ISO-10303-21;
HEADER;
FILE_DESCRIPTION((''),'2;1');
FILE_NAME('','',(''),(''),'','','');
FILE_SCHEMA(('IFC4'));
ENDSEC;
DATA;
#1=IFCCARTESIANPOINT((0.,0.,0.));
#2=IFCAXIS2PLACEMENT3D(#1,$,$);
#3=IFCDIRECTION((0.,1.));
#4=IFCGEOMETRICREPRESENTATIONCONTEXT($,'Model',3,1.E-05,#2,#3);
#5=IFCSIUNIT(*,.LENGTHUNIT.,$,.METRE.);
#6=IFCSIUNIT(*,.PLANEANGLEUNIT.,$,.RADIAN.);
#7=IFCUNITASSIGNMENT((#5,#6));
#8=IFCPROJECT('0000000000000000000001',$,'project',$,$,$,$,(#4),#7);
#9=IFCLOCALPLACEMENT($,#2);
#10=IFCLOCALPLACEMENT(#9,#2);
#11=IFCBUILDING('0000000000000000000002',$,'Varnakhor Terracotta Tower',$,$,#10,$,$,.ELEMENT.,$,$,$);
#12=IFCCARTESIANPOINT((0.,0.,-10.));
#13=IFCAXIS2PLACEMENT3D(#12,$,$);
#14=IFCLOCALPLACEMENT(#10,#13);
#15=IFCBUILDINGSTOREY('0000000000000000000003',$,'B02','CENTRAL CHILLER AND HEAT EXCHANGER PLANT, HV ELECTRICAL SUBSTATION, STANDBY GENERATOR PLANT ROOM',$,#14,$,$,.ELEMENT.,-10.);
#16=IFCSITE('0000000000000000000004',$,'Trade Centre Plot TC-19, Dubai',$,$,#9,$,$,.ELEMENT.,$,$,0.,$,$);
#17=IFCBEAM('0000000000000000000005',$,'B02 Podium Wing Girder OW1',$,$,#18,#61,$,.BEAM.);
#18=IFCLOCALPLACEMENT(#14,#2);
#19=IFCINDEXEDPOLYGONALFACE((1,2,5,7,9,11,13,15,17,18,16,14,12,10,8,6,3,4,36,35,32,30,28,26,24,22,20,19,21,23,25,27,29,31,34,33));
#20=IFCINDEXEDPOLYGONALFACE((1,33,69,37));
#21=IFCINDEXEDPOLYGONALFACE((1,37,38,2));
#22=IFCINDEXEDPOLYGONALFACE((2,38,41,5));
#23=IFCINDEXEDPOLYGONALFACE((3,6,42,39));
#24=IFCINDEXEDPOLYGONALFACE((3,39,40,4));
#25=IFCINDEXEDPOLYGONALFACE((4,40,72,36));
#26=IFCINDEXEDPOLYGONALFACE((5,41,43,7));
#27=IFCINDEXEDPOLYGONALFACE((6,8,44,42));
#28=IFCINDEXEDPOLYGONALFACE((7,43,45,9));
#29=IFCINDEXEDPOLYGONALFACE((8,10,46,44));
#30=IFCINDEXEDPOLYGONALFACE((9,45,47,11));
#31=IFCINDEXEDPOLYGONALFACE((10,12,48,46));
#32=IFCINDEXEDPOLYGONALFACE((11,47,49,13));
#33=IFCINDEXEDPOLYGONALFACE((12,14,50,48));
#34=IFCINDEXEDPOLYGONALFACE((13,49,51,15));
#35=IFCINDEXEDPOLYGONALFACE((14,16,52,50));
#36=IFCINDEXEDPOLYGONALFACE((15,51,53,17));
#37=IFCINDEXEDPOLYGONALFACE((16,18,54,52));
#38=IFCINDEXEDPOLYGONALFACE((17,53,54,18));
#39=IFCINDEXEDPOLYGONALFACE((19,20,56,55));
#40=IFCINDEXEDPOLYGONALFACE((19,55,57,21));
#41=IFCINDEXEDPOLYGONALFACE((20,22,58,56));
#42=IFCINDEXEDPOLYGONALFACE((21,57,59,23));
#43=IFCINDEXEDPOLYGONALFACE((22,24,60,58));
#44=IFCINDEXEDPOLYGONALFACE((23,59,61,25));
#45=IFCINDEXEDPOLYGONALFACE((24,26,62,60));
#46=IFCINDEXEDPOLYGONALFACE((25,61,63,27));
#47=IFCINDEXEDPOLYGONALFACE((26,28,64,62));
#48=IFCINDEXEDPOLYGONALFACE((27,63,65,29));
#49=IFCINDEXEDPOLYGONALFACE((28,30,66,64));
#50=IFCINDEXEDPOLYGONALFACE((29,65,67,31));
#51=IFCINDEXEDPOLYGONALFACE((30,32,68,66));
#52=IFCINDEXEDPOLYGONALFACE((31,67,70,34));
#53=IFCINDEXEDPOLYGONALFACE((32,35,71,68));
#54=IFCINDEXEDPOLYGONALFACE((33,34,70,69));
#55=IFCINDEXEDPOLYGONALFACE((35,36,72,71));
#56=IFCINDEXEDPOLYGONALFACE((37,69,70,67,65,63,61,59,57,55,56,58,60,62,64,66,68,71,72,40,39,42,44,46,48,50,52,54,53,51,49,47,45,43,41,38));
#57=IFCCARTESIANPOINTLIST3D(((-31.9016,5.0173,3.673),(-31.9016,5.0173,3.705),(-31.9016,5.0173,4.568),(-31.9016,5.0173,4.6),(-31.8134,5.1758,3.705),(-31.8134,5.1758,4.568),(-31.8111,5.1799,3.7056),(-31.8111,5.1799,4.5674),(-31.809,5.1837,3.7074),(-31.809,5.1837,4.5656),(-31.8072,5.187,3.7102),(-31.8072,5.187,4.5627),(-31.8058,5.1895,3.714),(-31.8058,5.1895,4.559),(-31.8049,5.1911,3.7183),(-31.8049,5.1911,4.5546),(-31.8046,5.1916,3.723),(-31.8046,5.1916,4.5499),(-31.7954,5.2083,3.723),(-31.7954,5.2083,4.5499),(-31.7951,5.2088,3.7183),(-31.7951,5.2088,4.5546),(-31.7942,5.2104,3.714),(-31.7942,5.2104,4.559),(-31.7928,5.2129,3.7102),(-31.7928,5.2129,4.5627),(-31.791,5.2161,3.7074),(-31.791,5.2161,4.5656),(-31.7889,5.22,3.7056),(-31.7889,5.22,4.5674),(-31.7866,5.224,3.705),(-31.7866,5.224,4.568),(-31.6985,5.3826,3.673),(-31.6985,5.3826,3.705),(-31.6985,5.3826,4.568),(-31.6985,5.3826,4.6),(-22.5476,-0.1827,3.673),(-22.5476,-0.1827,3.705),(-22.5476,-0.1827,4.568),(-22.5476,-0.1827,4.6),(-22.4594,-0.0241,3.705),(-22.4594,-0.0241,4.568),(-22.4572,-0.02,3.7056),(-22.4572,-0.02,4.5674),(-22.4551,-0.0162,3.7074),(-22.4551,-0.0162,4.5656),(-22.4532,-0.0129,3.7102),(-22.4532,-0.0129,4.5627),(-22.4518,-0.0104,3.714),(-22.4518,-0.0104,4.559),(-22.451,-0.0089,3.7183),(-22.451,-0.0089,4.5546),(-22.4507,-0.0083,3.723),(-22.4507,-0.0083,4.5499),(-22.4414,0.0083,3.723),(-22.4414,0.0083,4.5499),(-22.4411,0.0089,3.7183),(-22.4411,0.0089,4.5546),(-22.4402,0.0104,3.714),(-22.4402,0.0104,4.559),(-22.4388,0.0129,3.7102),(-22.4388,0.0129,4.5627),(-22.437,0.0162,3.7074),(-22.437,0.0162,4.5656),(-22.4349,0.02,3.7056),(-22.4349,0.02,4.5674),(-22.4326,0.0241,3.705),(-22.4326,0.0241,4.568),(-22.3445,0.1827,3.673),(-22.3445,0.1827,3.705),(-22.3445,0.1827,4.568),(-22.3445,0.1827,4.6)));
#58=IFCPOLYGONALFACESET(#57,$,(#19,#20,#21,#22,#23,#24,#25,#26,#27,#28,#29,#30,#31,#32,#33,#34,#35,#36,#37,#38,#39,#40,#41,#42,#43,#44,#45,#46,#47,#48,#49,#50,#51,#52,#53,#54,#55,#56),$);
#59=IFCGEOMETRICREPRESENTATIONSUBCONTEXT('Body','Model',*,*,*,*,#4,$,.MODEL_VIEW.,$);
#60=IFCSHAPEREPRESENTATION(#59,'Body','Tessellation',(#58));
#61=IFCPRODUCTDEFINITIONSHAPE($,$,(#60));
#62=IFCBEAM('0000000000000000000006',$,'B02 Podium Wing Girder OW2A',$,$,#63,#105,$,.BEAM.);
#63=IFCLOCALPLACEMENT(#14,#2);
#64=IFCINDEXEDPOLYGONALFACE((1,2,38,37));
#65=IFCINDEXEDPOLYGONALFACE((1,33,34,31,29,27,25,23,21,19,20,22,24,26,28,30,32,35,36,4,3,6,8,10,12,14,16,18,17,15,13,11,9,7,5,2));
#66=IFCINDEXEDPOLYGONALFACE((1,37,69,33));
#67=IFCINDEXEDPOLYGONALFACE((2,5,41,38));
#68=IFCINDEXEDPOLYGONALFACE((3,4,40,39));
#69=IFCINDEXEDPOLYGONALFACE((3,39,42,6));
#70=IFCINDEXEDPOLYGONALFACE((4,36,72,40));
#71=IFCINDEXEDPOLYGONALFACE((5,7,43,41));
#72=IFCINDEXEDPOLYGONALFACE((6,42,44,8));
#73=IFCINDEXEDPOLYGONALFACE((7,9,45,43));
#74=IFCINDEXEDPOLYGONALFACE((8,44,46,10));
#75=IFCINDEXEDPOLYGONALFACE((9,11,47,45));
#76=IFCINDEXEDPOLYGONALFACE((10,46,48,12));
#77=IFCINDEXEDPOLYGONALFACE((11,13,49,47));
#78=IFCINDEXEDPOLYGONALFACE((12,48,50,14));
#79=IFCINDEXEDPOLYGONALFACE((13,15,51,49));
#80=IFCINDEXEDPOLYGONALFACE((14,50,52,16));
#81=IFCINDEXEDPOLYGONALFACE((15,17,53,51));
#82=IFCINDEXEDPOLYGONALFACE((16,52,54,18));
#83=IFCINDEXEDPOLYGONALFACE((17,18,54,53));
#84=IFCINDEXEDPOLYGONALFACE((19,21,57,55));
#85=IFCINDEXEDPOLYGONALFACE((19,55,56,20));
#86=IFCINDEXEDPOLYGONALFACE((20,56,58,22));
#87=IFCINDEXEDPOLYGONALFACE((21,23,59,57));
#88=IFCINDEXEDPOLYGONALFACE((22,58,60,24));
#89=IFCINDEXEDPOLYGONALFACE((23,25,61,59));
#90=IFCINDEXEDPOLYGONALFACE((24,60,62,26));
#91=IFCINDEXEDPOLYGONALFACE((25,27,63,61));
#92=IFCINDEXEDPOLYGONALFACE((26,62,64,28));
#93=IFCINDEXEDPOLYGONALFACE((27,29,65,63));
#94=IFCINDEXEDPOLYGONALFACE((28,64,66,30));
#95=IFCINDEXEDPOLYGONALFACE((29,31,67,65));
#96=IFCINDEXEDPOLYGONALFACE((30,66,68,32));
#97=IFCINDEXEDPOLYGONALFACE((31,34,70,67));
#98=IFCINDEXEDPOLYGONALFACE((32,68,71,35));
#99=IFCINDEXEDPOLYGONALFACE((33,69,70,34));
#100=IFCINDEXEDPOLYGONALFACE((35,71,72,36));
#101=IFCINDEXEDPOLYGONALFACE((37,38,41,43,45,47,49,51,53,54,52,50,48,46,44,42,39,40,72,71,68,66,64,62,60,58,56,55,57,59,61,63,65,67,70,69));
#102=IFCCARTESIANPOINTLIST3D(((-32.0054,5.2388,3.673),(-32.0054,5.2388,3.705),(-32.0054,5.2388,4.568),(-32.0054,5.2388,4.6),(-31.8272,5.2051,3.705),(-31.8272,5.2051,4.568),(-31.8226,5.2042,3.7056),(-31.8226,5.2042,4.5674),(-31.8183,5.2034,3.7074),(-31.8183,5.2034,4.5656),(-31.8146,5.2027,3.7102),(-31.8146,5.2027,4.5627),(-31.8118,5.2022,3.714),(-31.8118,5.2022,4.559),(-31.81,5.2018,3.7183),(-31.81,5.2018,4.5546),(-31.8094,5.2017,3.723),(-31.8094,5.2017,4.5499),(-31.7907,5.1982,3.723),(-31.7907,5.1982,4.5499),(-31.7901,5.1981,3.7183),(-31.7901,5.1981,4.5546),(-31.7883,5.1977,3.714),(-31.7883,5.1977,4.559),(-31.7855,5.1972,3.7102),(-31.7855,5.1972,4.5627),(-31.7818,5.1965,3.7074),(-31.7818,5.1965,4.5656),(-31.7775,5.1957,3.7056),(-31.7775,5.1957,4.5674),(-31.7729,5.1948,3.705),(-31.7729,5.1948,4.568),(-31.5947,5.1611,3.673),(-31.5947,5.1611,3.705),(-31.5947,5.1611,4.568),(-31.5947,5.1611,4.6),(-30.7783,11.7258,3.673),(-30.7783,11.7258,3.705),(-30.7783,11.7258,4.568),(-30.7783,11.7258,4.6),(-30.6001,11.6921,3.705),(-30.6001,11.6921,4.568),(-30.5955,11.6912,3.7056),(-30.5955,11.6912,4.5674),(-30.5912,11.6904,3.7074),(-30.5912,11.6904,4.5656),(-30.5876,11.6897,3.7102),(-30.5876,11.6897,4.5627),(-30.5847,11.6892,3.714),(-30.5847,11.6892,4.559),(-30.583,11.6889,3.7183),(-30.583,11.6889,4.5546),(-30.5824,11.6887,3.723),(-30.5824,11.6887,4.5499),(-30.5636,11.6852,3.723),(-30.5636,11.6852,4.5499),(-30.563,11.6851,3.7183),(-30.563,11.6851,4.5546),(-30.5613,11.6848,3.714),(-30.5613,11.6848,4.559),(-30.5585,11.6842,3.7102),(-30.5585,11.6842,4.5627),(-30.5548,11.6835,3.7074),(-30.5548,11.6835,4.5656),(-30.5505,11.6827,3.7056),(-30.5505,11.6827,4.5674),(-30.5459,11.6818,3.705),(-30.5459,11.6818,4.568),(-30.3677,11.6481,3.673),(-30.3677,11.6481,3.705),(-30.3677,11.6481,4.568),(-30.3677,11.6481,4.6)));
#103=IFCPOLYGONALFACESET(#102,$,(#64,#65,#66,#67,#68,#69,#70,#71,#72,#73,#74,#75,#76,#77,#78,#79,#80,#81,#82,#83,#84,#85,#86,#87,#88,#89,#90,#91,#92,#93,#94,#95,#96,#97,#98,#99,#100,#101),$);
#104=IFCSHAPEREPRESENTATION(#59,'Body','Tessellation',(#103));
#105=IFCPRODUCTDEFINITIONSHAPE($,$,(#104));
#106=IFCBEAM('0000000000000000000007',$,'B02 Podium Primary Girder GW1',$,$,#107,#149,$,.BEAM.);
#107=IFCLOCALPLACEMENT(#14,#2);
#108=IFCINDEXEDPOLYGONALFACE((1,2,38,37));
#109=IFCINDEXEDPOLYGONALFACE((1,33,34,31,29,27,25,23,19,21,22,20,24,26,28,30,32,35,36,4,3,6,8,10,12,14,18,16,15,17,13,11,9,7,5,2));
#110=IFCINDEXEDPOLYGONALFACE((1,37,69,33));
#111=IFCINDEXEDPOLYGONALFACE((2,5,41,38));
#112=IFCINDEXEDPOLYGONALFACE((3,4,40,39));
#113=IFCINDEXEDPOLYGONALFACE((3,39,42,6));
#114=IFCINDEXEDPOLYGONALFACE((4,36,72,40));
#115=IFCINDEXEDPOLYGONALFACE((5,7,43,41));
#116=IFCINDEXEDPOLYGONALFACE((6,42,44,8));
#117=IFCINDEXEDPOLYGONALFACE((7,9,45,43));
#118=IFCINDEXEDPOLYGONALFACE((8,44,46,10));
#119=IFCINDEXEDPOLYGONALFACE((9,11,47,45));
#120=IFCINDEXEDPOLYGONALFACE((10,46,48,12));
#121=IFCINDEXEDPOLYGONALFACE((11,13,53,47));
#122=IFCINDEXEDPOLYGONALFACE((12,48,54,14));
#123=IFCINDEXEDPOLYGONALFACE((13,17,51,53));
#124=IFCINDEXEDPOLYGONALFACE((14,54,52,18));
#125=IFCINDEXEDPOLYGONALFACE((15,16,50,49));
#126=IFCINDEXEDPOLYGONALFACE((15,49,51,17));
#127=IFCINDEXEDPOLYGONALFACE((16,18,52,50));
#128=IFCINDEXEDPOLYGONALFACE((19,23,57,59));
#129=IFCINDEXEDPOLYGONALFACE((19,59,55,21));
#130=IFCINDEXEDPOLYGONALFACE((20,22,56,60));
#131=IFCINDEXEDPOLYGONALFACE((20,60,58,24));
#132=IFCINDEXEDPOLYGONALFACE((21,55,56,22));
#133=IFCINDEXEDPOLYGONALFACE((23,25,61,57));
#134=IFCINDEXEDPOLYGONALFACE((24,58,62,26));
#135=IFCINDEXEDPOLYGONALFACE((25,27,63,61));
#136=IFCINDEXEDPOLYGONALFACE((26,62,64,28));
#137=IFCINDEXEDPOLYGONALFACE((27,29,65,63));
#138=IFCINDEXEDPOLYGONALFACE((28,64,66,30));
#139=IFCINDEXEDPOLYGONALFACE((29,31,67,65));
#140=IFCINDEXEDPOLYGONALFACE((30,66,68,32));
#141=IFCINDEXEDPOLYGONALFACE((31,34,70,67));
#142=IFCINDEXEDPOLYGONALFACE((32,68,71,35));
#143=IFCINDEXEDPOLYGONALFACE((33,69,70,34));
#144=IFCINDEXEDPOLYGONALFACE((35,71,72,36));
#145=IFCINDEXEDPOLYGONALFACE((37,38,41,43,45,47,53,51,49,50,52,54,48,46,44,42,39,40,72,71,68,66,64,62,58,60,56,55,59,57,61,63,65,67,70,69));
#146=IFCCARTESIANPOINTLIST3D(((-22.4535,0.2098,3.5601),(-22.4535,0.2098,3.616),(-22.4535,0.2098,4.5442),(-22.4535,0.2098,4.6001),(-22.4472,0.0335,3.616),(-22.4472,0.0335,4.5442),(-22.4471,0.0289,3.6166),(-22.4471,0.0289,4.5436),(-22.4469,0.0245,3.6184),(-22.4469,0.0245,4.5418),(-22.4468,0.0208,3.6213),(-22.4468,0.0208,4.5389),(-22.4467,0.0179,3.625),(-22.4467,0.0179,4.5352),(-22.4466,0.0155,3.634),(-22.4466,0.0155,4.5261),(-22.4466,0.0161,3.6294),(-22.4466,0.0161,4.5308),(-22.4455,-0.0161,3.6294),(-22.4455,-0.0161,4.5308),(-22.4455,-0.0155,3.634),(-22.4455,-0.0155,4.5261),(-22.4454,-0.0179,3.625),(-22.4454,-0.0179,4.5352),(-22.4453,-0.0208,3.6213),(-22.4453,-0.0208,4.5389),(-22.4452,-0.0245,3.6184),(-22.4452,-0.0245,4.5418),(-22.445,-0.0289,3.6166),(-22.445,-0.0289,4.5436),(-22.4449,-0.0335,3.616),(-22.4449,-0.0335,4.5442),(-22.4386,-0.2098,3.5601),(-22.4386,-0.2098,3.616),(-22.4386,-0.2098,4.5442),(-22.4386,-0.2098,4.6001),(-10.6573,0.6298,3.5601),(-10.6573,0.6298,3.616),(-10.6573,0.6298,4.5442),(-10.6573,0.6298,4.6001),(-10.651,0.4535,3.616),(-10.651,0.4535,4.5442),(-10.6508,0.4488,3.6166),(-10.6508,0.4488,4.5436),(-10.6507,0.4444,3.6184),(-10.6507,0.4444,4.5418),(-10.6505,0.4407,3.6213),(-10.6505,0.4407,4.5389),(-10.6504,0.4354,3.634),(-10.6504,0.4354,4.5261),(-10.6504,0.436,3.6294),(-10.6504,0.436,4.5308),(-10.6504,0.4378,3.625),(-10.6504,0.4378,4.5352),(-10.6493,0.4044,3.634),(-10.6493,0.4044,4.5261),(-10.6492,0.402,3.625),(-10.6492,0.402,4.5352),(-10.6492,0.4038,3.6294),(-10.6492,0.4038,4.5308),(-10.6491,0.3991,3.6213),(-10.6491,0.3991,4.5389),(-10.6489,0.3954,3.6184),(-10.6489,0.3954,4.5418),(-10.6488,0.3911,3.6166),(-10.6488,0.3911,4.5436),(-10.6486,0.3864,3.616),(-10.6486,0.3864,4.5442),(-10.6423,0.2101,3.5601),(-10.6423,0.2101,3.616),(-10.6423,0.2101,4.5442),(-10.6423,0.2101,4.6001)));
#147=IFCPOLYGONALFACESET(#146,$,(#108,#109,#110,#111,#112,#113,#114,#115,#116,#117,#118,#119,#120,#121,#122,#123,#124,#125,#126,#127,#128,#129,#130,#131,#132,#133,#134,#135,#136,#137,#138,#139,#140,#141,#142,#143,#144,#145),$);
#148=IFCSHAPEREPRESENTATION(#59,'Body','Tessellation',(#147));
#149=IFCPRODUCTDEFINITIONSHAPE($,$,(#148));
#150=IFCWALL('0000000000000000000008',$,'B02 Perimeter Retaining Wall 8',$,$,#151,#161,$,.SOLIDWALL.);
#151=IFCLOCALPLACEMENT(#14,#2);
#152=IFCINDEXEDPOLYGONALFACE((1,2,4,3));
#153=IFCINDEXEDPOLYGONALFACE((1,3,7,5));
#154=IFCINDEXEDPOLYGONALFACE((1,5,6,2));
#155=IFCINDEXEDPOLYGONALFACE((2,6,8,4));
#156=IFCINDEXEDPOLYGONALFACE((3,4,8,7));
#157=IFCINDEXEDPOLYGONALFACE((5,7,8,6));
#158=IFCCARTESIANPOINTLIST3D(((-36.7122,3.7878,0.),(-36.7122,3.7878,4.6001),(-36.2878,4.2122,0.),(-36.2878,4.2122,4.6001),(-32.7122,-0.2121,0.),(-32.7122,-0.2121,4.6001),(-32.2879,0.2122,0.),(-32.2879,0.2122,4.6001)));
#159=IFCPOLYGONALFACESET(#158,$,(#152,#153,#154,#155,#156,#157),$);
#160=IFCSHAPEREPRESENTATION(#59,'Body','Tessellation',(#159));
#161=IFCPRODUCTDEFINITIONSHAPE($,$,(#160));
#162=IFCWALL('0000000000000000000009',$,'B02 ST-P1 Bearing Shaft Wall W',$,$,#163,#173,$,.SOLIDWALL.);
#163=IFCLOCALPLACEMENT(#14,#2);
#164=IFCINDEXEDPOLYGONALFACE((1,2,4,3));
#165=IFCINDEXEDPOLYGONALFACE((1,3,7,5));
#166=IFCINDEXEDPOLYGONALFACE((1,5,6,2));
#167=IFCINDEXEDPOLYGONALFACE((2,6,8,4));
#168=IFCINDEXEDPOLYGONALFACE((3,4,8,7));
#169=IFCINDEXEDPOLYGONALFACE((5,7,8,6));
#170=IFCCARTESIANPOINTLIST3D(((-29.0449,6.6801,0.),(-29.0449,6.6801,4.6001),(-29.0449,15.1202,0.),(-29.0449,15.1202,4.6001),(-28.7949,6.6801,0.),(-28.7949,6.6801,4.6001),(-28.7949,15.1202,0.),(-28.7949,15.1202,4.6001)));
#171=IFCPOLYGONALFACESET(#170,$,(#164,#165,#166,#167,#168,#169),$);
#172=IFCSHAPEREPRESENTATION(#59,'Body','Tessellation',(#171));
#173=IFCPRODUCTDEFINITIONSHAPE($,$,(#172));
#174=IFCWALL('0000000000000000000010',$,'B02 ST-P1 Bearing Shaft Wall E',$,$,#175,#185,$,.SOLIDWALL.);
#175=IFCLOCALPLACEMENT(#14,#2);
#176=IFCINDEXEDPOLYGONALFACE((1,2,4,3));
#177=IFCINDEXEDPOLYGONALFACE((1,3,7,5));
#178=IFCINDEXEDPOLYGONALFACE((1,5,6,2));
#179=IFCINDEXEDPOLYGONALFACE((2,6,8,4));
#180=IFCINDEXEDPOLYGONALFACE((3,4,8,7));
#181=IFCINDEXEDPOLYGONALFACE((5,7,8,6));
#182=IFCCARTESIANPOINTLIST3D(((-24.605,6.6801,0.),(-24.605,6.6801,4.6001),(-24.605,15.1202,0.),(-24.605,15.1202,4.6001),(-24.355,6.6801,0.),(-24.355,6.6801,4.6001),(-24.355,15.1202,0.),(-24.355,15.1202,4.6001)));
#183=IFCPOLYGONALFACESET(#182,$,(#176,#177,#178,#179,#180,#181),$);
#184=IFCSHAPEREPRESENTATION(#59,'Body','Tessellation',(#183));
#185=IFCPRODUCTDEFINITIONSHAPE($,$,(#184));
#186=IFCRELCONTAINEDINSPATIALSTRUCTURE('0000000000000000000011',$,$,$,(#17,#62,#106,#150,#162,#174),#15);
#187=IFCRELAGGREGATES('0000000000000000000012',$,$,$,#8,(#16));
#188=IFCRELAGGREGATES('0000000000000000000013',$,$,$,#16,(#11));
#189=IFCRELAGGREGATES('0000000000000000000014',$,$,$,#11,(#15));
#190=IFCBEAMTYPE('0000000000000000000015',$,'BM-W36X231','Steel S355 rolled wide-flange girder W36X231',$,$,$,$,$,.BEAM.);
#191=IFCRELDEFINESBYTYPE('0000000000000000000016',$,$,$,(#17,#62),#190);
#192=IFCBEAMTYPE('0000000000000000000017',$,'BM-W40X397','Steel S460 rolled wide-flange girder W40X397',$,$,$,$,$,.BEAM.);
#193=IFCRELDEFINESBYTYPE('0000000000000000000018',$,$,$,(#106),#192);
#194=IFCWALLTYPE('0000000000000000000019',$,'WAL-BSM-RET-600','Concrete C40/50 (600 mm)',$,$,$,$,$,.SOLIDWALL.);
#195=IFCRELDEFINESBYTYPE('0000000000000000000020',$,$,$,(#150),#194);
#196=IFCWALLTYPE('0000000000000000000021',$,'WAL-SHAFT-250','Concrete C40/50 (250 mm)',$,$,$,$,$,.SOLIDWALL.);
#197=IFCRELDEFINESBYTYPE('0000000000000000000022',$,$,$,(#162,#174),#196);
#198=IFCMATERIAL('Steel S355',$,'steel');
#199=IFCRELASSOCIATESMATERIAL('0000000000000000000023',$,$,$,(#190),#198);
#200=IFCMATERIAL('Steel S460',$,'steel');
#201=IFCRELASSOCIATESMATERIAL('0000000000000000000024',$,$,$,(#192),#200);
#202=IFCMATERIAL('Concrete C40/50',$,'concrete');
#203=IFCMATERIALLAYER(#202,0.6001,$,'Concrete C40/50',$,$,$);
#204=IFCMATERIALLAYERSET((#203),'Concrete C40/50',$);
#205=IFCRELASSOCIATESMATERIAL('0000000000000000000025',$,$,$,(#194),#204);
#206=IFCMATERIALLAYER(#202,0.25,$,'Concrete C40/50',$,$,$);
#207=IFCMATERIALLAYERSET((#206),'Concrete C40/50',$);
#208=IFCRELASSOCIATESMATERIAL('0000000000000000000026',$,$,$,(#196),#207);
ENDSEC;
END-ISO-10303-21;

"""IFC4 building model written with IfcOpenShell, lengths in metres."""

from ifc_helpers import new_model, si_unit, direction, frame, frame_2d, origin, origin_2d, place, context, subcontext, project, spatial, rectangle, i_section, extrude, source, transform, mapped, material, layer, layer_set, material_profile, profile_set, type_object, type_shapes, element, save


model = new_model("IFC4")

# Units and contexts
model_context = context("Model", 3, precision=1e-05, world=origin(), true_north=direction((0.0, 1.0)))
body_context = subcontext(model_context, "Body", "Model", "MODEL_VIEW")
ifc_project = project(units=[si_unit("LENGTHUNIT", "METRE"), si_unit("PLANEANGLEUNIT", "RADIAN")], contexts=[model_context])

# Site, building, storey
site_placement = place(None, origin())
site = spatial("IfcSite", under=ifc_project, at=site_placement, Name="Trade Centre Plot TC-19, Dubai", CompositionType="ELEMENT", RefElevation=0.0)
building_placement = place(site_placement, origin())
building = spatial("IfcBuilding", under=site, at=building_placement, Name="Varnakhor Terracotta Tower", CompositionType="ELEMENT")
storey_placement = place(building_placement, frame((0.0, 0.0, -10.0)))
storey = spatial("IfcBuildingStorey", under=building, at=storey_placement, Name="B02", Description="CENTRAL CHILLER AND HEAT EXCHANGER PLANT, HV ELECTRICAL SUBSTATION, STANDBY GENERATOR PLANT ROOM", CompositionType="ELEMENT", Elevation=-10.0)

# Shared definitions
ifc_material_1 = material(Name="Concrete C40/50", Category="concrete")

# Shared definitions
ifc_material_2 = material(Name="Steel S460", Category="steel")

# Beams
ifc_material_3 = material(Name="Steel S355", Category="steel")
ifc_material_profile_1 = material_profile(ifc_material_3, i_section(OverallWidth=0.418, OverallDepth=0.927, WebThickness=0.019, FlangeThickness=0.032, FilletRadius=0.0181, at=origin_2d()), Name="W36X231")
ifc_profile_set_1 = profile_set([ifc_material_profile_1], Name="Steel S355")
beam_type_1 = type_object("IfcBeamType", Name="BM-W36X231", Description="Steel S355 rolled wide-flange girder W36X231", PredefinedType="BEAM", material=ifc_profile_set_1)
shared_shape_1 = source(origin(), body_context, "Body", "SweptSolid", [
    extrude(i_section(OverallWidth=0.418, OverallDepth=0.927, WebThickness=0.019, FlangeThickness=0.032, FilletRadius=0.0181, at=origin_2d()), origin(), (0.0, 0.0, 1.0), 10.7021),
])
beam_1_placement = place(storey_placement, frame((-22.446, 0.0, 4.1365), z_axis=(-0.874027, 0.485877, 0.0), x_axis=(-0.485877, -0.874027, 0.0)))
element("IfcBeam", 1, at=beam_1_placement, inside=storey, type_object=beam_type_1, Name="B02 Podium Wing Girder OW1", PredefinedType="BEAM", context=body_context, shape_type="MappedRepresentation", body=[
    mapped(shared_shape_1, transform((0.0, 0.0, 0.0), scale=1.0)),
])
shared_shape_2 = source(origin(), body_context, "Body", "SweptSolid", [
    extrude(i_section(OverallWidth=0.418, OverallDepth=0.927, WebThickness=0.019, FlangeThickness=0.032, FilletRadius=0.0181, at=origin_2d()), origin(), (0.0, 0.0, 1.0), 6.6021),
])
beam_2_placement = place(storey_placement, frame((-31.8, 5.2, 4.1365), z_axis=(0.185858, 0.982577, 0.0), x_axis=(-0.982577, 0.185858, 0.0)))
element("IfcBeam", 2, at=beam_2_placement, inside=storey, type_object=beam_type_1, Name="B02 Podium Wing Girder OW2A", PredefinedType="BEAM", context=body_context, shape_type="MappedRepresentation", body=[
    mapped(shared_shape_2, transform((0.0, 0.0, 0.0), scale=1.0)),
])
ifc_material_profile_2 = material_profile(ifc_material_2, i_section(OverallWidth=0.4199, OverallDepth=1.04, WebThickness=0.031, FlangeThickness=0.0559, FilletRadius=0.0181, at=origin_2d()), Name="W40X397")
ifc_profile_set_2 = profile_set([ifc_material_profile_2], Name="Steel S460")
beam_type_2 = type_object("IfcBeamType", Name="BM-W40X397", Description="Steel S460 rolled wide-flange girder W40X397", PredefinedType="BEAM", material=ifc_profile_set_2)
shared_shape_3 = source(origin(), body_context, "Body", "SweptSolid", [
    extrude(i_section(OverallWidth=0.4199, OverallDepth=1.04, WebThickness=0.031, FlangeThickness=0.0559, FilletRadius=0.0181, at=origin_2d()), origin(), (0.0, 0.0, 1.0), 11.8037),
])
type_shapes(beam_type_2, [shared_shape_3])
beam_3_placement = place(storey_placement, frame((-22.446, 0.0, 4.0801), z_axis=(0.999367, 0.035576, 0.0), x_axis=(-0.035576, 0.999367, 0.0)))
element("IfcBeam", 3, at=beam_3_placement, inside=storey, type_object=beam_type_2, Name="B02 Podium Primary Girder GW1", PredefinedType="BEAM", context=body_context, shape_type="MappedRepresentation", body=[
    mapped(shared_shape_3, transform((0.0, 0.0, 0.0), scale=1.0)),
])

# Walls
ifc_layer_1 = layer(ifc_material_1, 0.6001, Name="Concrete C40/50")
ifc_layer_set_1 = layer_set([ifc_layer_1], Name="Concrete C40/50")
wall_type_1 = type_object("IfcWallType", Name="WAL-BSM-RET-600", Description="Concrete C40/50 (600 mm)", PredefinedType="SOLIDWALL", material=ifc_layer_set_1)
wall_1_placement = place(storey_placement, frame((-36.5, 4.0, 0.0), z_axis=(0.0, 0.0, 1.0), x_axis=(0.707107, -0.707107, 0.0)))
element("IfcWall", 4, at=wall_1_placement, inside=storey, type_object=wall_type_1, Name="B02 Perimeter Retaining Wall 8", PredefinedType="SOLIDWALL", context=body_context, shape_type="SweptSolid", body=[
    extrude(rectangle(XDim=5.6567, YDim=0.6001, at=frame_2d((2.8284, 0.0))), origin(), (0.0, 0.0, 1.0), 4.6001),
])
ifc_layer_2 = layer(ifc_material_1, 0.25, Name="Concrete C40/50")
ifc_layer_set_2 = layer_set([ifc_layer_2], Name="Concrete C40/50")
wall_type_2 = type_object("IfcWallType", Name="WAL-SHAFT-250", Description="Concrete C40/50 (250 mm)", PredefinedType="SOLIDWALL", material=ifc_layer_set_2)
for number, where, z_axis, x_axis, name in (
    (5, (-28.9199, 6.6799, 0.0), (0.0, 0.0, 1.0), (0.0, 1.0, 0.0), "B02 ST-P1 Bearing Shaft Wall W"),
    (6, (-24.48, 6.6799, 0.0), (0.0, 0.0, 1.0), (0.0, 1.0, 0.0), "B02 ST-P1 Bearing Shaft Wall E"),
):
    element("IfcWall", number, at=place(storey_placement, frame(where, z_axis=z_axis, x_axis=x_axis)), inside=storey, type_object=wall_type_2, Name=name, PredefinedType="SOLIDWALL", context=body_context, shape_type="SweptSolid", body=[
        extrude(rectangle(XDim=8.4402, YDim=0.25, at=frame_2d((4.2202, 0.0))), origin(), (0.0, 0.0, 1.0), 4.6001),
    ])

save(model, "model.ifc")
